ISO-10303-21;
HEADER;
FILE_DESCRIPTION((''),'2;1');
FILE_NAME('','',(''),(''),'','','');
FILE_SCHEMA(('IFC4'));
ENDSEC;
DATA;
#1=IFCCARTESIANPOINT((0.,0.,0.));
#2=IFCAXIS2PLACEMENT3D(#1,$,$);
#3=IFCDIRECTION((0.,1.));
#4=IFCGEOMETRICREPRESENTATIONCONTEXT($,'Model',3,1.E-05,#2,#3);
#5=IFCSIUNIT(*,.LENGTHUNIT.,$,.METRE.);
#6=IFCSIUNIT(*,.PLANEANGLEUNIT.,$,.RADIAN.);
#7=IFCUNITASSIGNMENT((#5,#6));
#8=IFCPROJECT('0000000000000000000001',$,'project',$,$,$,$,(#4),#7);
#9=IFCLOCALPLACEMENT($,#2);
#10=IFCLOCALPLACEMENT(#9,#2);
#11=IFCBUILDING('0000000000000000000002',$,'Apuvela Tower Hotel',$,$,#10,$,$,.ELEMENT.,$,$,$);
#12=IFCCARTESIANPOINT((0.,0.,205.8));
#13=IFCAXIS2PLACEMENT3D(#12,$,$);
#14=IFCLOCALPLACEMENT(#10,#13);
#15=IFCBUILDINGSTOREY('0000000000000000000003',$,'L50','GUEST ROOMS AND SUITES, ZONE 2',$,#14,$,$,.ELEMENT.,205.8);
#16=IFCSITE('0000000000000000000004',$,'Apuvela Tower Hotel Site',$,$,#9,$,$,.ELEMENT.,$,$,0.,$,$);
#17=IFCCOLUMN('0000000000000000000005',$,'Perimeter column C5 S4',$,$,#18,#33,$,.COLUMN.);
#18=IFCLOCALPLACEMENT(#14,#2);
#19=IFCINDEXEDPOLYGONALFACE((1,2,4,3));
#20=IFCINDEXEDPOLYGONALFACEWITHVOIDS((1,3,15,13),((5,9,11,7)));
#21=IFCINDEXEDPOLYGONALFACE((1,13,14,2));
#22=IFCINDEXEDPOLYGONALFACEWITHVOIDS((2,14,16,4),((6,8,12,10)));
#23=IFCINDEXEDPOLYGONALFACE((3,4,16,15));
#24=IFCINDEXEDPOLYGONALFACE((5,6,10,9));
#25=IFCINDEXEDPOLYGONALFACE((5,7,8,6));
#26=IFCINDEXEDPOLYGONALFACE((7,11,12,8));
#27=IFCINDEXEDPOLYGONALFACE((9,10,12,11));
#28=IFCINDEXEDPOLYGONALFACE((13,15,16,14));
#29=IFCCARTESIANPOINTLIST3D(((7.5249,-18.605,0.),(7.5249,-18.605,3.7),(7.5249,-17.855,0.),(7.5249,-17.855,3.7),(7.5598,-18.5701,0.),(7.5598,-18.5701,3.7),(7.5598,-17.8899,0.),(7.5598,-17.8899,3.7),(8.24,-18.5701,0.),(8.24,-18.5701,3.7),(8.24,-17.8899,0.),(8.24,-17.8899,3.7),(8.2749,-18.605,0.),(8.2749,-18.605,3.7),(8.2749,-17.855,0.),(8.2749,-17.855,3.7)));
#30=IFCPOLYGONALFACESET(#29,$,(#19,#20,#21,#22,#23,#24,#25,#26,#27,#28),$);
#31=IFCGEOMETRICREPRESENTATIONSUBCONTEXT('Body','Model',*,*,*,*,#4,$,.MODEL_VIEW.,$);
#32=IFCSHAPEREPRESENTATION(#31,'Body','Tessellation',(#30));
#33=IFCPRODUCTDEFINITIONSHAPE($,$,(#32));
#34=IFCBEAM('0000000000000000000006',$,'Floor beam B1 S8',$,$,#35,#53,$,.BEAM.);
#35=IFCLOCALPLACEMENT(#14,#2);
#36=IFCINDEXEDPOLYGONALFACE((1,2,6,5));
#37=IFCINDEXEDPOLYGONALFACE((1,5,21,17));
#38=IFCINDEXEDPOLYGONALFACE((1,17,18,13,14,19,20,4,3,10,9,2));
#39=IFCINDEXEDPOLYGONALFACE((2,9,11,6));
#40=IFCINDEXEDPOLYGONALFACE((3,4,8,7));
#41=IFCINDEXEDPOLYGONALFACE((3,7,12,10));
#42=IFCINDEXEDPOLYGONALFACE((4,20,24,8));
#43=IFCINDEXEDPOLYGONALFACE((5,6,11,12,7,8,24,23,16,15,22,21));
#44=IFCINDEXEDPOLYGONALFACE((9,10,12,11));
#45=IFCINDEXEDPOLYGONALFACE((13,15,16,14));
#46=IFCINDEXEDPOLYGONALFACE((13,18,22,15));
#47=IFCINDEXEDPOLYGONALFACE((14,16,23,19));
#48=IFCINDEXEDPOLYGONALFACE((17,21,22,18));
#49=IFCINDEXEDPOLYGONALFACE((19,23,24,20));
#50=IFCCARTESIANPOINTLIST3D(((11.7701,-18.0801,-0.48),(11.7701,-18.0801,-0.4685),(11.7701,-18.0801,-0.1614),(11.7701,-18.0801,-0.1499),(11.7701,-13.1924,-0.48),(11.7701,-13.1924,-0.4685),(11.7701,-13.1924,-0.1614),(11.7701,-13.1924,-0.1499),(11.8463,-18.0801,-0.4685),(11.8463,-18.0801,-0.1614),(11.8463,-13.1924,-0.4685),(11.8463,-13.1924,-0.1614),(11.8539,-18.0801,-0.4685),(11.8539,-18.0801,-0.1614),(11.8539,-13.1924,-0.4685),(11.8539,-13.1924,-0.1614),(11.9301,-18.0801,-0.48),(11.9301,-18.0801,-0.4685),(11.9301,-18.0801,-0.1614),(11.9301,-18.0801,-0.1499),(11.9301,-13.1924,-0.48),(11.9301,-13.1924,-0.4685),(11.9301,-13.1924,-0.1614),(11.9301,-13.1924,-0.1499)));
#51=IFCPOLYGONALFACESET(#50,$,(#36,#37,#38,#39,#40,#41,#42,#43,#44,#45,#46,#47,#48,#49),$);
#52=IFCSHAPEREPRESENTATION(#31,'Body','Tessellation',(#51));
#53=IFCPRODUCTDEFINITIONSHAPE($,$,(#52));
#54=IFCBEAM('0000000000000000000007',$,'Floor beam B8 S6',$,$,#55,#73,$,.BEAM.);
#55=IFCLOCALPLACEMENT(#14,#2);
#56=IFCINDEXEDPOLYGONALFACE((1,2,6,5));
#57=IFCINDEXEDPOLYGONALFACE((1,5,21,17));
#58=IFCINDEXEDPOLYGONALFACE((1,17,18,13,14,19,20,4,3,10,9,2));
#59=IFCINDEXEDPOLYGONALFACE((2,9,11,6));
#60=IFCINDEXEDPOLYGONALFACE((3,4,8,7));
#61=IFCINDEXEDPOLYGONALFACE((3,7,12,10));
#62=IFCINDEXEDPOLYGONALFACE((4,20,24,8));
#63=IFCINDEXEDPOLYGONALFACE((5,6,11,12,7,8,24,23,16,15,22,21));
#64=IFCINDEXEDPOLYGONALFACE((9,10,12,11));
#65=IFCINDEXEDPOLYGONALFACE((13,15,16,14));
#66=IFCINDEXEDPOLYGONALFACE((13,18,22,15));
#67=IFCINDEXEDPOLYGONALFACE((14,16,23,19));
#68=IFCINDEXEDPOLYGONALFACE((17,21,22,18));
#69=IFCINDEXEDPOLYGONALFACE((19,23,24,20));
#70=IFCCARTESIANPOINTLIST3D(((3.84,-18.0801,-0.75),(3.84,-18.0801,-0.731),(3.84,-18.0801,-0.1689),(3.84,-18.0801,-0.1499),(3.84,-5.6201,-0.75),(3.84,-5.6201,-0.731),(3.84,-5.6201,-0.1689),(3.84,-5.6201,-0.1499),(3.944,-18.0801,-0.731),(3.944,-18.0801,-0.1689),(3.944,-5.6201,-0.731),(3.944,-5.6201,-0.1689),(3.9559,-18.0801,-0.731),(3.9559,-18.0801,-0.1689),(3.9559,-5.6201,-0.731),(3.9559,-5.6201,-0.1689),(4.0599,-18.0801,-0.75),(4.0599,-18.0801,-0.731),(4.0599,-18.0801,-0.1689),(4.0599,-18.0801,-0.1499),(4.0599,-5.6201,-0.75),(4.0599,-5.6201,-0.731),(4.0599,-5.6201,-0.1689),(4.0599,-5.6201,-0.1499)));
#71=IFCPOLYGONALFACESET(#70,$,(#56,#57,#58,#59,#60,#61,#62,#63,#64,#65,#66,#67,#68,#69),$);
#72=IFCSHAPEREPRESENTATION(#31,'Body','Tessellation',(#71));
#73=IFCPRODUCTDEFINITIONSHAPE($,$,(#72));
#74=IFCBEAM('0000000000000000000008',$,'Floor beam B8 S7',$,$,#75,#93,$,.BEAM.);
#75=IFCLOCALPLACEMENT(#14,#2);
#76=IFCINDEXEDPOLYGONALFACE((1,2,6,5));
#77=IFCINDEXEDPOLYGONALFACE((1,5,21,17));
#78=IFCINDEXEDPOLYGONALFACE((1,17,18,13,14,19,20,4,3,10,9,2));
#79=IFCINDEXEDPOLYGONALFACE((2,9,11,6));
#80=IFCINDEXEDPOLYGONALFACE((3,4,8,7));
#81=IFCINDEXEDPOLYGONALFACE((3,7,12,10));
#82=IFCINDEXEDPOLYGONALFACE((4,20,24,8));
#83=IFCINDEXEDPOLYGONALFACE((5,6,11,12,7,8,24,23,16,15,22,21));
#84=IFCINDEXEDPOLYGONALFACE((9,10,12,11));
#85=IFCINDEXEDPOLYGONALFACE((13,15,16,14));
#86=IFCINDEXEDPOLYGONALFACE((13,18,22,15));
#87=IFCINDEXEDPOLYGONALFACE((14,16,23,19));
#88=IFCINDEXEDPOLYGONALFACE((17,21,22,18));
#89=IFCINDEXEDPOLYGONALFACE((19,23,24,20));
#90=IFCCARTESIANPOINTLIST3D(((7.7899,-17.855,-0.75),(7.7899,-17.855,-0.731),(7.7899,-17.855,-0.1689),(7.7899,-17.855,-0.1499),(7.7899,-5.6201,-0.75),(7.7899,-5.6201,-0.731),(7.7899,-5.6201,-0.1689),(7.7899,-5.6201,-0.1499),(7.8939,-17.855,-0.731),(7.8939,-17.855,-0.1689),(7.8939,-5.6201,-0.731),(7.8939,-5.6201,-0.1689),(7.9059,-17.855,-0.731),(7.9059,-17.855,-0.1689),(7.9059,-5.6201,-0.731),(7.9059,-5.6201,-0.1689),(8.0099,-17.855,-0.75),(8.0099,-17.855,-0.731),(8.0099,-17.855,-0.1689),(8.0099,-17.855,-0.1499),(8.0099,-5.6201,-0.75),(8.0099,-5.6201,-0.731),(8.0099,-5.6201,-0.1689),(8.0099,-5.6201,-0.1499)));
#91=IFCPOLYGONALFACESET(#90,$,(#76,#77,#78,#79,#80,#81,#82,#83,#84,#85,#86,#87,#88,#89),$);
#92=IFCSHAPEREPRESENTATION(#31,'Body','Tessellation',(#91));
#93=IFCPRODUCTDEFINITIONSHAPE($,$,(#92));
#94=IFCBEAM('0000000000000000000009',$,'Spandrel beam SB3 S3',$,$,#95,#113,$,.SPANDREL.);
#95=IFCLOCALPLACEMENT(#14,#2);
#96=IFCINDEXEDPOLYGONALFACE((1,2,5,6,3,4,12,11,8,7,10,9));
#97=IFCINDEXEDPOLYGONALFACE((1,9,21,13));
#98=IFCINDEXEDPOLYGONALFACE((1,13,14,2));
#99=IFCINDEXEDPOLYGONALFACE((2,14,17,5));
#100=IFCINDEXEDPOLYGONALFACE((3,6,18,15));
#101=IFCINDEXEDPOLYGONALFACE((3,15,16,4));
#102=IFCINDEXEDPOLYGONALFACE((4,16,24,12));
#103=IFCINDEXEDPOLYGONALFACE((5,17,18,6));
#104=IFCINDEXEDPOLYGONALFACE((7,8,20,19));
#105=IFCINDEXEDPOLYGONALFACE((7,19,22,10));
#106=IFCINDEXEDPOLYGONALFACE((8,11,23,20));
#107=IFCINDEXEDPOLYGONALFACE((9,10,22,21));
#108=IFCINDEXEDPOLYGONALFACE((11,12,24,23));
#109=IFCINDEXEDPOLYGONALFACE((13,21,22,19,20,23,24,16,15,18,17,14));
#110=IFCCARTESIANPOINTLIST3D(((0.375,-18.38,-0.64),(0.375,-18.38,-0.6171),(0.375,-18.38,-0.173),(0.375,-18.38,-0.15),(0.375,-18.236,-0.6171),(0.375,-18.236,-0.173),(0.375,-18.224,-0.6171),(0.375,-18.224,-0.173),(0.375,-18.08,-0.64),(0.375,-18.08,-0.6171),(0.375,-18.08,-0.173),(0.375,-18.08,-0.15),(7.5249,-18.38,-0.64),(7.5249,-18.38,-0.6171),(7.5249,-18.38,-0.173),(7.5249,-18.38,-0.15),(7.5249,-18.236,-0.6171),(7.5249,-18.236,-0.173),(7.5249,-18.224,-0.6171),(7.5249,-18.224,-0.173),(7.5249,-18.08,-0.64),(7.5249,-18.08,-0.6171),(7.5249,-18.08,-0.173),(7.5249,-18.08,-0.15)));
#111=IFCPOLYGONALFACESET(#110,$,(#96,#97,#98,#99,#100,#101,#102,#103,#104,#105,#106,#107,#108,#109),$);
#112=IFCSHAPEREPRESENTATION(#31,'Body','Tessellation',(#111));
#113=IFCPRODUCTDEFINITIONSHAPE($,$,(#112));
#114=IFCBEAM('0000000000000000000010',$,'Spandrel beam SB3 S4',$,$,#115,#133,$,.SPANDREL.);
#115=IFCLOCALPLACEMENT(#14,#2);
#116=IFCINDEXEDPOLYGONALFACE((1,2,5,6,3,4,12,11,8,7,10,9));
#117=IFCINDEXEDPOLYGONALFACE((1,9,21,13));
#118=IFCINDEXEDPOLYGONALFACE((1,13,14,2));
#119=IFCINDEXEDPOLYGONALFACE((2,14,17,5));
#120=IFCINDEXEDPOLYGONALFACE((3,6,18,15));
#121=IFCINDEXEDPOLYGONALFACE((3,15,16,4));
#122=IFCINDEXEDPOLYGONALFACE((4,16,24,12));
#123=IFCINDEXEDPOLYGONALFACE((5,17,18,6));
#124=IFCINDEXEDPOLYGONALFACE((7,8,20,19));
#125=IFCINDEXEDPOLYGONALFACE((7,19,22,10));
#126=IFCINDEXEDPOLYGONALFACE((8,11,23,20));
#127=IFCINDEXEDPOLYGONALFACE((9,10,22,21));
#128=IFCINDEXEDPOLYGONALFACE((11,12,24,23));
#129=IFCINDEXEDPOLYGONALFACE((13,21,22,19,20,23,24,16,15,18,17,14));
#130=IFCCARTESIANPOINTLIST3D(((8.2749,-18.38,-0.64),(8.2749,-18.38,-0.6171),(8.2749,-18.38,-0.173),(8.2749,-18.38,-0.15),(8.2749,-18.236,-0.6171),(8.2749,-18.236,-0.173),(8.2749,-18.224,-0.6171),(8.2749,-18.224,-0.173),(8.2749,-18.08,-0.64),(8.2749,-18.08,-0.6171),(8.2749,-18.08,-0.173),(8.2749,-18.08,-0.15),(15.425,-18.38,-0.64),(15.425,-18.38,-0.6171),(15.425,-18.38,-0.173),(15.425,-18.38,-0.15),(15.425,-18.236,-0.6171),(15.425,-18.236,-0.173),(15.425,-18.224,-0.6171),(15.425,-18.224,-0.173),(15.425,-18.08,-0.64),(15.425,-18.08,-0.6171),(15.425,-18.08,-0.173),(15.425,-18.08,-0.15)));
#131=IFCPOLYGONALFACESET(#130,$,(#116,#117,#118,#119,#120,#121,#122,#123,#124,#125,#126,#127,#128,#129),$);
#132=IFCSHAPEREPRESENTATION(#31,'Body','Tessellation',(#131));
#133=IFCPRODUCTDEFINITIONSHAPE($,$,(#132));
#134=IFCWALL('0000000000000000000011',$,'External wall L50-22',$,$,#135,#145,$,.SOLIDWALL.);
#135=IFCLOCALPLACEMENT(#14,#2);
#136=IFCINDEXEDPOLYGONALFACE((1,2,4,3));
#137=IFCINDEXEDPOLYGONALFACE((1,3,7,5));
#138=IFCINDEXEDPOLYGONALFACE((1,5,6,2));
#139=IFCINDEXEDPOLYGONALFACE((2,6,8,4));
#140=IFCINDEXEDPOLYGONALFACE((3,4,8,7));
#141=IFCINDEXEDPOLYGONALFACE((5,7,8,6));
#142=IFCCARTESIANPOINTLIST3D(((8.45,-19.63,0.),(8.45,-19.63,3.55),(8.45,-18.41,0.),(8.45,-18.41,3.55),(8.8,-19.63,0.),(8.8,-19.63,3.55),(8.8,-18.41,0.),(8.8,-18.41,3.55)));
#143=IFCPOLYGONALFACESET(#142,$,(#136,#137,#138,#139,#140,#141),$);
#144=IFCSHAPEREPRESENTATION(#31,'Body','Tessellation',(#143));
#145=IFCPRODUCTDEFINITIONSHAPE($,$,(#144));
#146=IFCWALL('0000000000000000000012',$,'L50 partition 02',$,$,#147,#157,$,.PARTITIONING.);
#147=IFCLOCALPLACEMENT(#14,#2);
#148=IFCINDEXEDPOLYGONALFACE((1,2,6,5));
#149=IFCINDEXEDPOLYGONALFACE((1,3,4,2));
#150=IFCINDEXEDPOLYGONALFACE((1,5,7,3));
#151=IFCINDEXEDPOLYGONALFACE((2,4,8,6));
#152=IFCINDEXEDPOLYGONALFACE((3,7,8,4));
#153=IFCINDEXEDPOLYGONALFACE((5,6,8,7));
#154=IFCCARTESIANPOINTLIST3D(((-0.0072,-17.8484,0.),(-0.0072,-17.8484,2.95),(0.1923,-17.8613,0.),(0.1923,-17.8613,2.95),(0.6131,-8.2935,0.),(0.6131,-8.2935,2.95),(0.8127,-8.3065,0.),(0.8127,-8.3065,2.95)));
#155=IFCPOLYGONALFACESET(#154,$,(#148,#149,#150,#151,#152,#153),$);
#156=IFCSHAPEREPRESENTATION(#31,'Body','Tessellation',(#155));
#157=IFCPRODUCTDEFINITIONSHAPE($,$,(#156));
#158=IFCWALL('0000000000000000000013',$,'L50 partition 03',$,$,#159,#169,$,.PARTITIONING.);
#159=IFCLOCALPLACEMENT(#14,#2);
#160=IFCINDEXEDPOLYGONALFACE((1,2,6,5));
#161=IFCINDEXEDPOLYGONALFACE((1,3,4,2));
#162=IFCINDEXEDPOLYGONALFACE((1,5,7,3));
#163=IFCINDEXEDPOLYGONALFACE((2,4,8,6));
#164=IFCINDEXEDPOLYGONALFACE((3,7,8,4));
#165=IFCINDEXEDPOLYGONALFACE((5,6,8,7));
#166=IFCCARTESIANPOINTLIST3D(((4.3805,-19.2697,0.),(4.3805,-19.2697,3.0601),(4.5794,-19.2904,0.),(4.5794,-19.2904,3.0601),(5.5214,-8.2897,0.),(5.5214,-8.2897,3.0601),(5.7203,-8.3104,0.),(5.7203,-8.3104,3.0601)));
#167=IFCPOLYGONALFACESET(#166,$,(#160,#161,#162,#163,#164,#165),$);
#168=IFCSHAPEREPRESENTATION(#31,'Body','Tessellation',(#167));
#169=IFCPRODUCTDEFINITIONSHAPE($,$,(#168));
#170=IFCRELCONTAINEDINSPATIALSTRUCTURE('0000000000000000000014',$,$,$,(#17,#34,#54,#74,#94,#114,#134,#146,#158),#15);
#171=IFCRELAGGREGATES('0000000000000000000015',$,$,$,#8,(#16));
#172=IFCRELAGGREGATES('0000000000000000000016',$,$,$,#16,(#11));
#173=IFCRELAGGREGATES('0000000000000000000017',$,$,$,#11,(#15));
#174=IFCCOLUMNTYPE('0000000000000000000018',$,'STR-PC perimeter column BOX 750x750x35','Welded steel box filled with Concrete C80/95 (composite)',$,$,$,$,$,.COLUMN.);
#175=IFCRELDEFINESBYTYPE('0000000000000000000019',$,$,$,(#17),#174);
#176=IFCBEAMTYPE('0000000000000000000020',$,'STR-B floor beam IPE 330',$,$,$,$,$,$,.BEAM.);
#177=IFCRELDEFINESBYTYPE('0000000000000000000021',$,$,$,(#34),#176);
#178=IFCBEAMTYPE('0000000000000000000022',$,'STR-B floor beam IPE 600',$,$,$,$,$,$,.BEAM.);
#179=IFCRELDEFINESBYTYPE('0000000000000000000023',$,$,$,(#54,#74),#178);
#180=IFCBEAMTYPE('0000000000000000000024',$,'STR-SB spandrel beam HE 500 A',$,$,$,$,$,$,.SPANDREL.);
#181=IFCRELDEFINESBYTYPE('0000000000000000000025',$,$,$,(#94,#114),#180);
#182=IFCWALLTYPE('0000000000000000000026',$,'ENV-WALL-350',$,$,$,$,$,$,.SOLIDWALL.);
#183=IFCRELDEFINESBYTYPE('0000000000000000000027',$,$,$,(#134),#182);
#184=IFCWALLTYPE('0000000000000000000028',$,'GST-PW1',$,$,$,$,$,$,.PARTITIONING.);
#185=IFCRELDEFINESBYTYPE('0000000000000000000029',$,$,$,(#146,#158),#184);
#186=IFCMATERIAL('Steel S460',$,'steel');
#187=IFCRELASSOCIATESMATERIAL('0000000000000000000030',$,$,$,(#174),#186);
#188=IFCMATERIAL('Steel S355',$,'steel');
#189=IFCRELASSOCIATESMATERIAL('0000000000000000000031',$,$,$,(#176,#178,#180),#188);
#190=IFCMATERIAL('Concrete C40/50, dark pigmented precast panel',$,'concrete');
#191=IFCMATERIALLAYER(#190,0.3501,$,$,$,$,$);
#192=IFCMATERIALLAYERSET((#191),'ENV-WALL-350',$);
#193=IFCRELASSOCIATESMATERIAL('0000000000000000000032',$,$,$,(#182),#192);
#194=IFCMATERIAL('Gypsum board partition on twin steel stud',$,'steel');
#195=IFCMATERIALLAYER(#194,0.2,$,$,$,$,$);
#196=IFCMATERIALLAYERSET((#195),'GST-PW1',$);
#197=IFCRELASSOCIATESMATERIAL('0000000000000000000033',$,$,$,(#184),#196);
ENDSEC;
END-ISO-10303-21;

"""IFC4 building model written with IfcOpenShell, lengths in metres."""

from ifc_helpers import new_model, si_unit, direction, frame, frame_2d, origin, origin_2d, place, context, subcontext, project, spatial, rectangle, hollow_rectangle, i_section, extrude, material, layer, layer_set, material_profile, profile_set, type_object, element, save


model = new_model("IFC4")

# Units and contexts
model_context = context("Model", 3, precision=1e-05, world=origin(), true_north=direction((0.0, 1.0)))
body_context = subcontext(model_context, "Body", "Model", "MODEL_VIEW")
ifc_project = project(units=[si_unit("LENGTHUNIT", "METRE"), si_unit("PLANEANGLEUNIT", "RADIAN")], contexts=[model_context])

# Site, building, storey
site_placement = place(None, origin())
site = spatial("IfcSite", under=ifc_project, at=site_placement, Name="Apuvela Tower Hotel Site", CompositionType="ELEMENT", RefElevation=0.0)
building_placement = place(site_placement, origin())
building = spatial("IfcBuilding", under=site, at=building_placement, Name="Apuvela Tower Hotel", CompositionType="ELEMENT")
storey_placement = place(building_placement, frame((0.0, 0.0, 205.8)))
storey = spatial("IfcBuildingStorey", under=building, at=storey_placement, Name="L50", Description="GUEST ROOMS AND SUITES, ZONE 2", CompositionType="ELEMENT", Elevation=205.8)

# Column
ifc_material_1 = material(Name="Steel S460", Category="steel")
ifc_material_profile_1 = material_profile(ifc_material_1, hollow_rectangle(XDim=0.75, YDim=0.75, WallThickness=0.0349, at=origin_2d()), Name="BOX 750x750x35")
ifc_material_2 = material(Name="Concrete C80/95", Category="concrete")
ifc_material_profile_2 = material_profile(ifc_material_2, rectangle(XDim=0.6799, YDim=0.6799, at=origin_2d()), Name="Concrete C80/95 infill")
ifc_profile_set_1 = profile_set([ifc_material_profile_1, ifc_material_profile_2], Name="Steel S460")
column_type = type_object("IfcColumnType", Name="STR-PC perimeter column BOX 750x750x35", Description="Welded steel box filled with Concrete C80/95 (composite)", PredefinedType="COLUMN", material=ifc_profile_set_1)
column_placement = place(storey_placement, frame((7.8999, -18.23, 0.0), z_axis=(0.0, 0.0, 1.0), x_axis=(-1.0, 0.0, 0.0)))
element("IfcColumn", 1, at=column_placement, inside=storey, type_object=column_type, Name="Perimeter column C5 S4", PredefinedType="COLUMN", context=body_context, shape_type="SweptSolid", body=[
    extrude(hollow_rectangle(XDim=0.75, YDim=0.75, WallThickness=0.0349, at=origin_2d()), origin(), (0.0, 0.0, 1.0), 3.7),
])

# Beams
ifc_material_3 = material(Name="Steel S355", Category="steel")
ifc_material_profile_3 = material_profile(ifc_material_3, i_section(OverallWidth=0.1599, OverallDepth=0.3301, WebThickness=0.0076, FlangeThickness=0.0115, at=origin_2d()), Name="IPE 330")
ifc_profile_set_2 = profile_set([ifc_material_profile_3], Name="Steel S355")
beam_type_1 = type_object("IfcBeamType", Name="STR-B floor beam IPE 330", PredefinedType="BEAM", material=ifc_profile_set_2)
beam_1_placement = place(storey_placement, frame((11.8501, -18.0801, -0.3149), z_axis=(0.0, 1.0, 0.0), x_axis=(-1.0, 0.0, 0.0)))
element("IfcBeam", 2, at=beam_1_placement, inside=storey, type_object=beam_type_1, Name="Floor beam B1 S8", PredefinedType="BEAM", context=body_context, shape_type="SweptSolid", body=[
    extrude(i_section(OverallWidth=0.1599, OverallDepth=0.3301, WebThickness=0.0076, FlangeThickness=0.0115, at=origin_2d()), origin(), (0.0, 0.0, 1.0), 4.8877),
])
ifc_material_profile_4 = material_profile(ifc_material_3, i_section(OverallWidth=0.22, OverallDepth=0.6001, WebThickness=0.012, FlangeThickness=0.019, at=origin_2d()), Name="IPE 600")
ifc_profile_set_3 = profile_set([ifc_material_profile_4], Name="Steel S355")
beam_type_2 = type_object("IfcBeamType", Name="STR-B floor beam IPE 600", PredefinedType="BEAM", material=ifc_profile_set_3)
beam_2_placement = place(storey_placement, frame((3.95, -18.0801, -0.45), z_axis=(0.0, 1.0, 0.0), x_axis=(-1.0, 0.0, 0.0)))
element("IfcBeam", 3, at=beam_2_placement, inside=storey, type_object=beam_type_2, Name="Floor beam B8 S6", PredefinedType="BEAM", context=body_context, shape_type="SweptSolid", body=[
    extrude(i_section(OverallWidth=0.22, OverallDepth=0.6001, WebThickness=0.012, FlangeThickness=0.019, at=origin_2d()), origin(), (0.0, 0.0, 1.0), 12.46),
])
beam_3_placement = place(storey_placement, frame((7.8999, -17.855, -0.45), z_axis=(0.0, 1.0, 0.0), x_axis=(-1.0, 0.0, 0.0)))
element("IfcBeam", 4, at=beam_3_placement, inside=storey, type_object=beam_type_2, Name="Floor beam B8 S7", PredefinedType="BEAM", context=body_context, shape_type="SweptSolid", body=[
    extrude(i_section(OverallWidth=0.22, OverallDepth=0.6001, WebThickness=0.012, FlangeThickness=0.019, at=origin_2d()), origin(), (0.0, 0.0, 1.0), 12.2349),
])
ifc_material_profile_5 = material_profile(ifc_material_3, i_section(OverallWidth=0.3, OverallDepth=0.49, WebThickness=0.012, FlangeThickness=0.0229, at=origin_2d()), Name="HE 500 A")
ifc_profile_set_4 = profile_set([ifc_material_profile_5], Name="Steel S355")
beam_type_3 = type_object("IfcBeamType", Name="STR-SB spandrel beam HE 500 A", PredefinedType="SPANDREL", material=ifc_profile_set_4)
beam_4_placement = place(storey_placement, frame((0.375, -18.23, -0.395), z_axis=(1.0, 0.0, 0.0), x_axis=(0.0, 1.0, 0.0)))
element("IfcBeam", 5, at=beam_4_placement, inside=storey, type_object=beam_type_3, Name="Spandrel beam SB3 S3", PredefinedType="SPANDREL", context=body_context, shape_type="SweptSolid", body=[
    extrude(i_section(OverallWidth=0.3, OverallDepth=0.49, WebThickness=0.012, FlangeThickness=0.0229, at=origin_2d()), origin(), (0.0, 0.0, 1.0), 7.1499),
])
beam_5_placement = place(storey_placement, frame((8.2749, -18.23, -0.395), z_axis=(1.0, 0.0, 0.0), x_axis=(0.0, 1.0, 0.0)))
element("IfcBeam", 6, at=beam_5_placement, inside=storey, type_object=beam_type_3, Name="Spandrel beam SB3 S4", PredefinedType="SPANDREL", context=body_context, shape_type="SweptSolid", body=[
    extrude(i_section(OverallWidth=0.3, OverallDepth=0.49, WebThickness=0.012, FlangeThickness=0.0229, at=origin_2d()), origin(), (0.0, 0.0, 1.0), 7.1501),
])

# Wall
ifc_material_4 = material(Name="Concrete C40/50, dark pigmented precast panel", Category="concrete")
ifc_layer_1 = layer(ifc_material_4, 0.3501)
ifc_layer_set_1 = layer_set([ifc_layer_1], Name="ENV-WALL-350")
wall_type_1 = type_object("IfcWallType", Name="ENV-WALL-350", PredefinedType="SOLIDWALL", material=ifc_layer_set_1)
wall_1_placement = place(storey_placement, frame((8.625, -19.6299, 0.0), z_axis=(0.0, 0.0, 1.0), x_axis=(0.0, 1.0, 0.0)))
element("IfcWall", 7, at=wall_1_placement, inside=storey, type_object=wall_type_1, Name="External wall L50-22", PredefinedType="SOLIDWALL", context=body_context, shape_type="SweptSolid", body=[
    extrude(rectangle(XDim=1.22, YDim=0.3501, at=frame_2d((0.6099, 0.0))), origin(), (0.0, 0.0, 1.0), 3.55),
])

# Walls
ifc_material_5 = material(Name="Gypsum board partition on twin steel stud", Category="steel")
ifc_layer_2 = layer(ifc_material_5, 0.2)
ifc_layer_set_2 = layer_set([ifc_layer_2], Name="GST-PW1")
wall_type_2 = type_object("IfcWallType", Name="GST-PW1", PredefinedType="PARTITIONING", material=ifc_layer_set_2)
wall_2_placement = place(storey_placement, frame((0.0925, -17.855, 0.0), z_axis=(0.0, 0.0, 1.0), x_axis=(0.064789, 0.997899, 0.0)))
element("IfcWall", 8, at=wall_2_placement, inside=storey, type_object=wall_type_2, Name="L50 partition 02", PredefinedType="PARTITIONING", context=body_context, shape_type="SweptSolid", body=[
    extrude(rectangle(XDim=9.575, YDim=0.2, at=frame_2d((4.7876, 0.0))), origin(), (0.0, 0.0, 1.0), 2.95),
])
wall_3_placement = place(storey_placement, frame((4.48, -19.28, 0.0), z_axis=(0.0, 0.0, 1.0), x_axis=(0.103348, 0.994645, 0.0)))
element("IfcWall", 9, at=wall_3_placement, inside=storey, type_object=wall_type_2, Name="L50 partition 03", PredefinedType="PARTITIONING", context=body_context, shape_type="SweptSolid", body=[
    extrude(rectangle(XDim=11.0391, YDim=0.2, at=frame_2d((5.5195, 0.0))), origin(), (0.0, 0.0, 1.0), 3.0601),
])

save(model, "model.ifc")
